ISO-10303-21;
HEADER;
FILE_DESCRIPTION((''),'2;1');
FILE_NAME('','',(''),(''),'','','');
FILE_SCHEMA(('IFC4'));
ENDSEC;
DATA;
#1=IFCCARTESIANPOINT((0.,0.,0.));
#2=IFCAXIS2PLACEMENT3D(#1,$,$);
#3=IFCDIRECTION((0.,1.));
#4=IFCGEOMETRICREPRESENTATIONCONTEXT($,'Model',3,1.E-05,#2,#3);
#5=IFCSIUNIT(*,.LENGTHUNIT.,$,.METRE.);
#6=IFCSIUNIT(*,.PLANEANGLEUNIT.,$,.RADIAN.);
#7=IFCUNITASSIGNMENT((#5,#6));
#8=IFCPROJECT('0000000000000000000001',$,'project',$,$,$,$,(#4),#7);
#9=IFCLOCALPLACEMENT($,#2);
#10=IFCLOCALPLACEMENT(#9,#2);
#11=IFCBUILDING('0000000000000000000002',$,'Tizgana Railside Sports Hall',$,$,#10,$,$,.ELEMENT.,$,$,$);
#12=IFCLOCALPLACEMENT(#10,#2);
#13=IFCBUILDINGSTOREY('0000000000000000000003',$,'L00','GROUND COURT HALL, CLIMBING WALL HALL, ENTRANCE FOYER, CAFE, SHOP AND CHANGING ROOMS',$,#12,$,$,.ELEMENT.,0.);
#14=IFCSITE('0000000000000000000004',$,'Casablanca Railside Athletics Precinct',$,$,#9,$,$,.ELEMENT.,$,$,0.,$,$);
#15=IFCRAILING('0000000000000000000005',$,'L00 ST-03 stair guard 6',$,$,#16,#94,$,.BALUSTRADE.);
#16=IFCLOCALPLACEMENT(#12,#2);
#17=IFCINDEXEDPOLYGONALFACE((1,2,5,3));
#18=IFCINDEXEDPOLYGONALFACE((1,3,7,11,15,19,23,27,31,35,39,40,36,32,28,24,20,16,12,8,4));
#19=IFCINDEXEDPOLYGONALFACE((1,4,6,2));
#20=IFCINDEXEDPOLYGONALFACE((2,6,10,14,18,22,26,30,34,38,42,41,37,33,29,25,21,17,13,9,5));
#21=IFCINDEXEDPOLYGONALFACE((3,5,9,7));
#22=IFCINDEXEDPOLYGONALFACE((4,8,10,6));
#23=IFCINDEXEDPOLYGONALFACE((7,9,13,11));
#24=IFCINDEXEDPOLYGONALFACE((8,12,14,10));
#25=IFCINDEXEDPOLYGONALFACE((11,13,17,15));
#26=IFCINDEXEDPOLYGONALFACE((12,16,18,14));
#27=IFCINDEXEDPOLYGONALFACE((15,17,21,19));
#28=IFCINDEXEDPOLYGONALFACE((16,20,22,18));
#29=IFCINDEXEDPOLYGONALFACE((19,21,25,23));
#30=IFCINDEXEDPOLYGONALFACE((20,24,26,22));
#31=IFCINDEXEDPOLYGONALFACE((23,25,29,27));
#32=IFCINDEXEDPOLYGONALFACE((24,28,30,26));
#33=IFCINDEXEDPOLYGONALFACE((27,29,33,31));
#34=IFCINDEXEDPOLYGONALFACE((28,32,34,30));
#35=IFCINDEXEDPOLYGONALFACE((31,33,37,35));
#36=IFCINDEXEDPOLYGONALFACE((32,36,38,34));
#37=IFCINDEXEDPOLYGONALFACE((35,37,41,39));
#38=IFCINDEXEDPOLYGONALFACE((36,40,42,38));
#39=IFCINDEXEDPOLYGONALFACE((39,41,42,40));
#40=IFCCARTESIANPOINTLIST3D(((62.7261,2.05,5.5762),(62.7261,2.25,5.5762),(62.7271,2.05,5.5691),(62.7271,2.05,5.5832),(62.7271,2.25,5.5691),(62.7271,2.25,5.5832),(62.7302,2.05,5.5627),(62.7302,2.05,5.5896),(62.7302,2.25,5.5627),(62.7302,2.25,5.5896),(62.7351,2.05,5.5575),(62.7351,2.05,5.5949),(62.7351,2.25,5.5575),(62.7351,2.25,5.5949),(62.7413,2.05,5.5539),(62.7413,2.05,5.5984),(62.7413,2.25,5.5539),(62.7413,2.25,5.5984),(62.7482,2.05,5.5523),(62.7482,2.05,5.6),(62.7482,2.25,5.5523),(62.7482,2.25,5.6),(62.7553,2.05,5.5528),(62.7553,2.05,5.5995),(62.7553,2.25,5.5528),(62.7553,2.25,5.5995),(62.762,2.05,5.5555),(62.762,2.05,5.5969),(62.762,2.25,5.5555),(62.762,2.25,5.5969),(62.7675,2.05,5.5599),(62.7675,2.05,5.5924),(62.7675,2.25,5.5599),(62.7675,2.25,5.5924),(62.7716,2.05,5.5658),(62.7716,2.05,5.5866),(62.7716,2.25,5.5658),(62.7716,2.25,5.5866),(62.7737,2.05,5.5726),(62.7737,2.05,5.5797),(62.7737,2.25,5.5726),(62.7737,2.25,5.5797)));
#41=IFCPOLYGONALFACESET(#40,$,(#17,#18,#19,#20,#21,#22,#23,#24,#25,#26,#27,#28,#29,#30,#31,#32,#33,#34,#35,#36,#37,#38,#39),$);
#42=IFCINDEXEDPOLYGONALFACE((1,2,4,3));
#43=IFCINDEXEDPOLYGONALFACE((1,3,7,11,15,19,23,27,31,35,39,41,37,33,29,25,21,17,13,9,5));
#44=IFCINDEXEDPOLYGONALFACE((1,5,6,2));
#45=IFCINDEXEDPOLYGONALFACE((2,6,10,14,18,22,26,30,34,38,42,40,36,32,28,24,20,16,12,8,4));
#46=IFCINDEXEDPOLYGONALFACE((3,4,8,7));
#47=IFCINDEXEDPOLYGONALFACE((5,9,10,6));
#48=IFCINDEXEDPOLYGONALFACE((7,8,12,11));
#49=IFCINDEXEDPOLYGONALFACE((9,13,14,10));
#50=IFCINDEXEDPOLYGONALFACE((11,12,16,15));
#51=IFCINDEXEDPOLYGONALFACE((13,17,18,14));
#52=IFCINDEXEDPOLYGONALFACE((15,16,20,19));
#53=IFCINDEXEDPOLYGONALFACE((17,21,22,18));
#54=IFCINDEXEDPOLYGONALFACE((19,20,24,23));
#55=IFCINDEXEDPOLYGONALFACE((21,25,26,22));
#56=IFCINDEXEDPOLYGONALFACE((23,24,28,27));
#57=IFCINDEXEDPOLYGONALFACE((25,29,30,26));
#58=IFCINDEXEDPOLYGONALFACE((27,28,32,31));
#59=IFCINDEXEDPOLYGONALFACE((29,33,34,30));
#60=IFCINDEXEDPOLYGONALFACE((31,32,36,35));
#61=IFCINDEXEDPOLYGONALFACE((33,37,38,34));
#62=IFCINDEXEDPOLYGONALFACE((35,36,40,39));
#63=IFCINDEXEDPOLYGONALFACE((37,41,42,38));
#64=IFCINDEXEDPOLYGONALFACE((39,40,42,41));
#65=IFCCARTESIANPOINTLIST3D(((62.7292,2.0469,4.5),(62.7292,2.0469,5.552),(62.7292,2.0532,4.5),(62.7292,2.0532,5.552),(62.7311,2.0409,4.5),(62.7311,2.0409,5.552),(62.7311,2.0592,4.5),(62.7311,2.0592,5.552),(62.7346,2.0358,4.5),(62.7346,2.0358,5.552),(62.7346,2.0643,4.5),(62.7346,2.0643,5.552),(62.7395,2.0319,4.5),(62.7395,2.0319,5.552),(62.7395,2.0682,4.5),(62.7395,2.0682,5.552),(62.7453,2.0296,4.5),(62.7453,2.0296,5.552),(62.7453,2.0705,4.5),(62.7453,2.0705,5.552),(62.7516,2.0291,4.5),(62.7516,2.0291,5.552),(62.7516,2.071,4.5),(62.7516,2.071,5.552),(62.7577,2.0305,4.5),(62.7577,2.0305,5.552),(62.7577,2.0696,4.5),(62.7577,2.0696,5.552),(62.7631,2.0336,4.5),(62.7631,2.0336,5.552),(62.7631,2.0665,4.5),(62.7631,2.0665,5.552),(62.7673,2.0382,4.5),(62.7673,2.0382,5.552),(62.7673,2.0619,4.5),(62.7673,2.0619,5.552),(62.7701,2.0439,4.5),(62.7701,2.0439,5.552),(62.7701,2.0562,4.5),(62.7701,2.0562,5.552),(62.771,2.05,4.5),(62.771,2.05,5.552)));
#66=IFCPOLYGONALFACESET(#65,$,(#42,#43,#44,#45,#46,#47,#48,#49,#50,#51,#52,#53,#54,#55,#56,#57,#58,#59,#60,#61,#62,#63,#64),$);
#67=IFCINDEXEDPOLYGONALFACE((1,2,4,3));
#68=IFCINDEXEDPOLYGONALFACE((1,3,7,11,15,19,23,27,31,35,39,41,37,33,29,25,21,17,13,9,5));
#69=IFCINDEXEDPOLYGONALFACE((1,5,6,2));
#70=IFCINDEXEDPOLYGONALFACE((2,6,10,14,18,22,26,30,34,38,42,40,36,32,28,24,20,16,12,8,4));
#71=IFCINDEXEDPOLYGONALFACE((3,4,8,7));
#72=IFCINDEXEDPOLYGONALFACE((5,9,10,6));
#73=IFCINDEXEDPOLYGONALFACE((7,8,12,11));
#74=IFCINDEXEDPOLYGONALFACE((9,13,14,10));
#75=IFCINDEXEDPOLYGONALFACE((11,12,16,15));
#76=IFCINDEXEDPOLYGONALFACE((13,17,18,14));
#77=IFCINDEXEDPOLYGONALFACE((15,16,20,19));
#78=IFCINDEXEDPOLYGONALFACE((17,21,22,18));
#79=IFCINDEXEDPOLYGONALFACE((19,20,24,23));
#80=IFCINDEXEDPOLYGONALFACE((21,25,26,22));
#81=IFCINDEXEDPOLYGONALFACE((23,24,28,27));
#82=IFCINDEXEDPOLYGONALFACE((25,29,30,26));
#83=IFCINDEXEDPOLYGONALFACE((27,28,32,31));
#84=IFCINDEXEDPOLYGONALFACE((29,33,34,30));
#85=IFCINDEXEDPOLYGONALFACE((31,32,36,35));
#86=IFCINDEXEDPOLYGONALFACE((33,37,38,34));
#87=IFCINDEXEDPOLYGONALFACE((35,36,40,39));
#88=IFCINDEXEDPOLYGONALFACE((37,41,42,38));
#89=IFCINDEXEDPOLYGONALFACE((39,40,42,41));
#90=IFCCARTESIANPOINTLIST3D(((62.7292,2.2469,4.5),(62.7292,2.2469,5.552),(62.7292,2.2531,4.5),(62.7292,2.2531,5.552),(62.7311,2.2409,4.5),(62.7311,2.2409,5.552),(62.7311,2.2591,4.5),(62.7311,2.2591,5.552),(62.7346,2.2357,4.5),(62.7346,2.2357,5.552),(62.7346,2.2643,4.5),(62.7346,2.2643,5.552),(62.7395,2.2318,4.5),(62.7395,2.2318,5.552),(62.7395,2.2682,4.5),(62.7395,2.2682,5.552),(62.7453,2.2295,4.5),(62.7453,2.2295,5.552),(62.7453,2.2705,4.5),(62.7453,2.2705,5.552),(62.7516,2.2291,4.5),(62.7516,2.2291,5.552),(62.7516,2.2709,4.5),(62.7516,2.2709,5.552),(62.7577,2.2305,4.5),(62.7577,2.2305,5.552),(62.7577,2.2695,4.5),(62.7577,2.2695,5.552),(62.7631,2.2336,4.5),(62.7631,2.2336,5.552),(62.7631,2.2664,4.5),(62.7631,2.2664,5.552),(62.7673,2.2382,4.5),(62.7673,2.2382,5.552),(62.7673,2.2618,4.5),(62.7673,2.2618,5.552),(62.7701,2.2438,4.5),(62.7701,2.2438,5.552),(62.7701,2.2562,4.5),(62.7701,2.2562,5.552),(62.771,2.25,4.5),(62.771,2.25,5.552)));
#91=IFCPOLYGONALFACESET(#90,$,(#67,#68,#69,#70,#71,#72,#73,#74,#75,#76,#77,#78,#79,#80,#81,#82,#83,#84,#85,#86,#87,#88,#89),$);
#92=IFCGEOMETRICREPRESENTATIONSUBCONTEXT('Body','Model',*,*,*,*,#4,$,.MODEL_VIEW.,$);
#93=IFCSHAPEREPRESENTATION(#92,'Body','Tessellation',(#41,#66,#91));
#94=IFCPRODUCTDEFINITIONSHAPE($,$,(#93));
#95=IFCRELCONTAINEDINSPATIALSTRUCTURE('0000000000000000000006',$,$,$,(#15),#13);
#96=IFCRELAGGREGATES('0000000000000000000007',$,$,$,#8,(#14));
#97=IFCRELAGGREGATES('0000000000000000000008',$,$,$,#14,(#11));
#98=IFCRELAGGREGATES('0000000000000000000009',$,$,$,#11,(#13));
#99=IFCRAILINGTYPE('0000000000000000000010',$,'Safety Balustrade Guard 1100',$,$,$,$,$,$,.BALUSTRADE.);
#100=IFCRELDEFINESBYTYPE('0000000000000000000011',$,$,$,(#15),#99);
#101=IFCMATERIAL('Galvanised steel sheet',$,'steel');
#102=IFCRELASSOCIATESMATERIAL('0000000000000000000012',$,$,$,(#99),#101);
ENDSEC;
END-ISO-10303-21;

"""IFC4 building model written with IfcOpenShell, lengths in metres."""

from ifc_helpers import new_model, si_unit, direction, frame, origin, origin_2d, place, context, subcontext, project, spatial, circle, extrude, material, type_object, element, save


model = new_model("IFC4")

# Units and contexts
model_context = context("Model", 3, precision=1e-05, world=origin(), true_north=direction((0.0, 1.0)))
body_context = subcontext(model_context, "Body", "Model", "MODEL_VIEW")
ifc_project = project(units=[si_unit("LENGTHUNIT", "METRE"), si_unit("PLANEANGLEUNIT", "RADIAN")], contexts=[model_context])

# Site, building, storey
site_placement = place(None, origin())
site = spatial("IfcSite", under=ifc_project, at=site_placement, Name="Casablanca Railside Athletics Precinct", CompositionType="ELEMENT", RefElevation=0.0)
building_placement = place(site_placement, origin())
building = spatial("IfcBuilding", under=site, at=building_placement, Name="Tizgana Railside Sports Hall", CompositionType="ELEMENT")
storey_placement = place(building_placement, origin())
storey = spatial("IfcBuildingStorey", under=building, at=storey_placement, Name="L00", Description="GROUND COURT HALL, CLIMBING WALL HALL, ENTRANCE FOYER, CAFE, SHOP AND CHANGING ROOMS", CompositionType="ELEMENT", Elevation=0.0)

# Shared definitions
ifc_material_1 = material(Name="Galvanised steel sheet", Category="steel")

# Railing
railing_type_1 = type_object("IfcRailingType", Name="Safety Balustrade Guard 1100", PredefinedType="BALUSTRADE", material=ifc_material_1)
for number, where, name in (
    (1, (62.75, 2.05, 4.5), "L00 ST-03 stair guard 6"),
):
    element("IfcRailing", number, at=place(storey_placement, frame(where)), inside=storey, type_object=railing_type_1, Name=name, PredefinedType="BALUSTRADE", context=body_context, shape_type="SweptSolid", body=[
        extrude(circle(Radius=0.0239, at=origin_2d()), frame((0.0, 0.0, 1.0762), z_axis=(0.0, 1.0, 0.0), x_axis=(-1.0, 0.0, 0.0)), (0.0, 0.0, 1.0), 0.2),
        extrude(circle(Radius=0.021, at=origin_2d()), origin(), (0.0, 0.0, 1.0), 1.052),
        extrude(circle(Radius=0.021, at=origin_2d()), frame((0.0, 0.2, 0.0)), (0.0, 0.0, 1.0), 1.052),
    ])

save(model, "model.ifc")
